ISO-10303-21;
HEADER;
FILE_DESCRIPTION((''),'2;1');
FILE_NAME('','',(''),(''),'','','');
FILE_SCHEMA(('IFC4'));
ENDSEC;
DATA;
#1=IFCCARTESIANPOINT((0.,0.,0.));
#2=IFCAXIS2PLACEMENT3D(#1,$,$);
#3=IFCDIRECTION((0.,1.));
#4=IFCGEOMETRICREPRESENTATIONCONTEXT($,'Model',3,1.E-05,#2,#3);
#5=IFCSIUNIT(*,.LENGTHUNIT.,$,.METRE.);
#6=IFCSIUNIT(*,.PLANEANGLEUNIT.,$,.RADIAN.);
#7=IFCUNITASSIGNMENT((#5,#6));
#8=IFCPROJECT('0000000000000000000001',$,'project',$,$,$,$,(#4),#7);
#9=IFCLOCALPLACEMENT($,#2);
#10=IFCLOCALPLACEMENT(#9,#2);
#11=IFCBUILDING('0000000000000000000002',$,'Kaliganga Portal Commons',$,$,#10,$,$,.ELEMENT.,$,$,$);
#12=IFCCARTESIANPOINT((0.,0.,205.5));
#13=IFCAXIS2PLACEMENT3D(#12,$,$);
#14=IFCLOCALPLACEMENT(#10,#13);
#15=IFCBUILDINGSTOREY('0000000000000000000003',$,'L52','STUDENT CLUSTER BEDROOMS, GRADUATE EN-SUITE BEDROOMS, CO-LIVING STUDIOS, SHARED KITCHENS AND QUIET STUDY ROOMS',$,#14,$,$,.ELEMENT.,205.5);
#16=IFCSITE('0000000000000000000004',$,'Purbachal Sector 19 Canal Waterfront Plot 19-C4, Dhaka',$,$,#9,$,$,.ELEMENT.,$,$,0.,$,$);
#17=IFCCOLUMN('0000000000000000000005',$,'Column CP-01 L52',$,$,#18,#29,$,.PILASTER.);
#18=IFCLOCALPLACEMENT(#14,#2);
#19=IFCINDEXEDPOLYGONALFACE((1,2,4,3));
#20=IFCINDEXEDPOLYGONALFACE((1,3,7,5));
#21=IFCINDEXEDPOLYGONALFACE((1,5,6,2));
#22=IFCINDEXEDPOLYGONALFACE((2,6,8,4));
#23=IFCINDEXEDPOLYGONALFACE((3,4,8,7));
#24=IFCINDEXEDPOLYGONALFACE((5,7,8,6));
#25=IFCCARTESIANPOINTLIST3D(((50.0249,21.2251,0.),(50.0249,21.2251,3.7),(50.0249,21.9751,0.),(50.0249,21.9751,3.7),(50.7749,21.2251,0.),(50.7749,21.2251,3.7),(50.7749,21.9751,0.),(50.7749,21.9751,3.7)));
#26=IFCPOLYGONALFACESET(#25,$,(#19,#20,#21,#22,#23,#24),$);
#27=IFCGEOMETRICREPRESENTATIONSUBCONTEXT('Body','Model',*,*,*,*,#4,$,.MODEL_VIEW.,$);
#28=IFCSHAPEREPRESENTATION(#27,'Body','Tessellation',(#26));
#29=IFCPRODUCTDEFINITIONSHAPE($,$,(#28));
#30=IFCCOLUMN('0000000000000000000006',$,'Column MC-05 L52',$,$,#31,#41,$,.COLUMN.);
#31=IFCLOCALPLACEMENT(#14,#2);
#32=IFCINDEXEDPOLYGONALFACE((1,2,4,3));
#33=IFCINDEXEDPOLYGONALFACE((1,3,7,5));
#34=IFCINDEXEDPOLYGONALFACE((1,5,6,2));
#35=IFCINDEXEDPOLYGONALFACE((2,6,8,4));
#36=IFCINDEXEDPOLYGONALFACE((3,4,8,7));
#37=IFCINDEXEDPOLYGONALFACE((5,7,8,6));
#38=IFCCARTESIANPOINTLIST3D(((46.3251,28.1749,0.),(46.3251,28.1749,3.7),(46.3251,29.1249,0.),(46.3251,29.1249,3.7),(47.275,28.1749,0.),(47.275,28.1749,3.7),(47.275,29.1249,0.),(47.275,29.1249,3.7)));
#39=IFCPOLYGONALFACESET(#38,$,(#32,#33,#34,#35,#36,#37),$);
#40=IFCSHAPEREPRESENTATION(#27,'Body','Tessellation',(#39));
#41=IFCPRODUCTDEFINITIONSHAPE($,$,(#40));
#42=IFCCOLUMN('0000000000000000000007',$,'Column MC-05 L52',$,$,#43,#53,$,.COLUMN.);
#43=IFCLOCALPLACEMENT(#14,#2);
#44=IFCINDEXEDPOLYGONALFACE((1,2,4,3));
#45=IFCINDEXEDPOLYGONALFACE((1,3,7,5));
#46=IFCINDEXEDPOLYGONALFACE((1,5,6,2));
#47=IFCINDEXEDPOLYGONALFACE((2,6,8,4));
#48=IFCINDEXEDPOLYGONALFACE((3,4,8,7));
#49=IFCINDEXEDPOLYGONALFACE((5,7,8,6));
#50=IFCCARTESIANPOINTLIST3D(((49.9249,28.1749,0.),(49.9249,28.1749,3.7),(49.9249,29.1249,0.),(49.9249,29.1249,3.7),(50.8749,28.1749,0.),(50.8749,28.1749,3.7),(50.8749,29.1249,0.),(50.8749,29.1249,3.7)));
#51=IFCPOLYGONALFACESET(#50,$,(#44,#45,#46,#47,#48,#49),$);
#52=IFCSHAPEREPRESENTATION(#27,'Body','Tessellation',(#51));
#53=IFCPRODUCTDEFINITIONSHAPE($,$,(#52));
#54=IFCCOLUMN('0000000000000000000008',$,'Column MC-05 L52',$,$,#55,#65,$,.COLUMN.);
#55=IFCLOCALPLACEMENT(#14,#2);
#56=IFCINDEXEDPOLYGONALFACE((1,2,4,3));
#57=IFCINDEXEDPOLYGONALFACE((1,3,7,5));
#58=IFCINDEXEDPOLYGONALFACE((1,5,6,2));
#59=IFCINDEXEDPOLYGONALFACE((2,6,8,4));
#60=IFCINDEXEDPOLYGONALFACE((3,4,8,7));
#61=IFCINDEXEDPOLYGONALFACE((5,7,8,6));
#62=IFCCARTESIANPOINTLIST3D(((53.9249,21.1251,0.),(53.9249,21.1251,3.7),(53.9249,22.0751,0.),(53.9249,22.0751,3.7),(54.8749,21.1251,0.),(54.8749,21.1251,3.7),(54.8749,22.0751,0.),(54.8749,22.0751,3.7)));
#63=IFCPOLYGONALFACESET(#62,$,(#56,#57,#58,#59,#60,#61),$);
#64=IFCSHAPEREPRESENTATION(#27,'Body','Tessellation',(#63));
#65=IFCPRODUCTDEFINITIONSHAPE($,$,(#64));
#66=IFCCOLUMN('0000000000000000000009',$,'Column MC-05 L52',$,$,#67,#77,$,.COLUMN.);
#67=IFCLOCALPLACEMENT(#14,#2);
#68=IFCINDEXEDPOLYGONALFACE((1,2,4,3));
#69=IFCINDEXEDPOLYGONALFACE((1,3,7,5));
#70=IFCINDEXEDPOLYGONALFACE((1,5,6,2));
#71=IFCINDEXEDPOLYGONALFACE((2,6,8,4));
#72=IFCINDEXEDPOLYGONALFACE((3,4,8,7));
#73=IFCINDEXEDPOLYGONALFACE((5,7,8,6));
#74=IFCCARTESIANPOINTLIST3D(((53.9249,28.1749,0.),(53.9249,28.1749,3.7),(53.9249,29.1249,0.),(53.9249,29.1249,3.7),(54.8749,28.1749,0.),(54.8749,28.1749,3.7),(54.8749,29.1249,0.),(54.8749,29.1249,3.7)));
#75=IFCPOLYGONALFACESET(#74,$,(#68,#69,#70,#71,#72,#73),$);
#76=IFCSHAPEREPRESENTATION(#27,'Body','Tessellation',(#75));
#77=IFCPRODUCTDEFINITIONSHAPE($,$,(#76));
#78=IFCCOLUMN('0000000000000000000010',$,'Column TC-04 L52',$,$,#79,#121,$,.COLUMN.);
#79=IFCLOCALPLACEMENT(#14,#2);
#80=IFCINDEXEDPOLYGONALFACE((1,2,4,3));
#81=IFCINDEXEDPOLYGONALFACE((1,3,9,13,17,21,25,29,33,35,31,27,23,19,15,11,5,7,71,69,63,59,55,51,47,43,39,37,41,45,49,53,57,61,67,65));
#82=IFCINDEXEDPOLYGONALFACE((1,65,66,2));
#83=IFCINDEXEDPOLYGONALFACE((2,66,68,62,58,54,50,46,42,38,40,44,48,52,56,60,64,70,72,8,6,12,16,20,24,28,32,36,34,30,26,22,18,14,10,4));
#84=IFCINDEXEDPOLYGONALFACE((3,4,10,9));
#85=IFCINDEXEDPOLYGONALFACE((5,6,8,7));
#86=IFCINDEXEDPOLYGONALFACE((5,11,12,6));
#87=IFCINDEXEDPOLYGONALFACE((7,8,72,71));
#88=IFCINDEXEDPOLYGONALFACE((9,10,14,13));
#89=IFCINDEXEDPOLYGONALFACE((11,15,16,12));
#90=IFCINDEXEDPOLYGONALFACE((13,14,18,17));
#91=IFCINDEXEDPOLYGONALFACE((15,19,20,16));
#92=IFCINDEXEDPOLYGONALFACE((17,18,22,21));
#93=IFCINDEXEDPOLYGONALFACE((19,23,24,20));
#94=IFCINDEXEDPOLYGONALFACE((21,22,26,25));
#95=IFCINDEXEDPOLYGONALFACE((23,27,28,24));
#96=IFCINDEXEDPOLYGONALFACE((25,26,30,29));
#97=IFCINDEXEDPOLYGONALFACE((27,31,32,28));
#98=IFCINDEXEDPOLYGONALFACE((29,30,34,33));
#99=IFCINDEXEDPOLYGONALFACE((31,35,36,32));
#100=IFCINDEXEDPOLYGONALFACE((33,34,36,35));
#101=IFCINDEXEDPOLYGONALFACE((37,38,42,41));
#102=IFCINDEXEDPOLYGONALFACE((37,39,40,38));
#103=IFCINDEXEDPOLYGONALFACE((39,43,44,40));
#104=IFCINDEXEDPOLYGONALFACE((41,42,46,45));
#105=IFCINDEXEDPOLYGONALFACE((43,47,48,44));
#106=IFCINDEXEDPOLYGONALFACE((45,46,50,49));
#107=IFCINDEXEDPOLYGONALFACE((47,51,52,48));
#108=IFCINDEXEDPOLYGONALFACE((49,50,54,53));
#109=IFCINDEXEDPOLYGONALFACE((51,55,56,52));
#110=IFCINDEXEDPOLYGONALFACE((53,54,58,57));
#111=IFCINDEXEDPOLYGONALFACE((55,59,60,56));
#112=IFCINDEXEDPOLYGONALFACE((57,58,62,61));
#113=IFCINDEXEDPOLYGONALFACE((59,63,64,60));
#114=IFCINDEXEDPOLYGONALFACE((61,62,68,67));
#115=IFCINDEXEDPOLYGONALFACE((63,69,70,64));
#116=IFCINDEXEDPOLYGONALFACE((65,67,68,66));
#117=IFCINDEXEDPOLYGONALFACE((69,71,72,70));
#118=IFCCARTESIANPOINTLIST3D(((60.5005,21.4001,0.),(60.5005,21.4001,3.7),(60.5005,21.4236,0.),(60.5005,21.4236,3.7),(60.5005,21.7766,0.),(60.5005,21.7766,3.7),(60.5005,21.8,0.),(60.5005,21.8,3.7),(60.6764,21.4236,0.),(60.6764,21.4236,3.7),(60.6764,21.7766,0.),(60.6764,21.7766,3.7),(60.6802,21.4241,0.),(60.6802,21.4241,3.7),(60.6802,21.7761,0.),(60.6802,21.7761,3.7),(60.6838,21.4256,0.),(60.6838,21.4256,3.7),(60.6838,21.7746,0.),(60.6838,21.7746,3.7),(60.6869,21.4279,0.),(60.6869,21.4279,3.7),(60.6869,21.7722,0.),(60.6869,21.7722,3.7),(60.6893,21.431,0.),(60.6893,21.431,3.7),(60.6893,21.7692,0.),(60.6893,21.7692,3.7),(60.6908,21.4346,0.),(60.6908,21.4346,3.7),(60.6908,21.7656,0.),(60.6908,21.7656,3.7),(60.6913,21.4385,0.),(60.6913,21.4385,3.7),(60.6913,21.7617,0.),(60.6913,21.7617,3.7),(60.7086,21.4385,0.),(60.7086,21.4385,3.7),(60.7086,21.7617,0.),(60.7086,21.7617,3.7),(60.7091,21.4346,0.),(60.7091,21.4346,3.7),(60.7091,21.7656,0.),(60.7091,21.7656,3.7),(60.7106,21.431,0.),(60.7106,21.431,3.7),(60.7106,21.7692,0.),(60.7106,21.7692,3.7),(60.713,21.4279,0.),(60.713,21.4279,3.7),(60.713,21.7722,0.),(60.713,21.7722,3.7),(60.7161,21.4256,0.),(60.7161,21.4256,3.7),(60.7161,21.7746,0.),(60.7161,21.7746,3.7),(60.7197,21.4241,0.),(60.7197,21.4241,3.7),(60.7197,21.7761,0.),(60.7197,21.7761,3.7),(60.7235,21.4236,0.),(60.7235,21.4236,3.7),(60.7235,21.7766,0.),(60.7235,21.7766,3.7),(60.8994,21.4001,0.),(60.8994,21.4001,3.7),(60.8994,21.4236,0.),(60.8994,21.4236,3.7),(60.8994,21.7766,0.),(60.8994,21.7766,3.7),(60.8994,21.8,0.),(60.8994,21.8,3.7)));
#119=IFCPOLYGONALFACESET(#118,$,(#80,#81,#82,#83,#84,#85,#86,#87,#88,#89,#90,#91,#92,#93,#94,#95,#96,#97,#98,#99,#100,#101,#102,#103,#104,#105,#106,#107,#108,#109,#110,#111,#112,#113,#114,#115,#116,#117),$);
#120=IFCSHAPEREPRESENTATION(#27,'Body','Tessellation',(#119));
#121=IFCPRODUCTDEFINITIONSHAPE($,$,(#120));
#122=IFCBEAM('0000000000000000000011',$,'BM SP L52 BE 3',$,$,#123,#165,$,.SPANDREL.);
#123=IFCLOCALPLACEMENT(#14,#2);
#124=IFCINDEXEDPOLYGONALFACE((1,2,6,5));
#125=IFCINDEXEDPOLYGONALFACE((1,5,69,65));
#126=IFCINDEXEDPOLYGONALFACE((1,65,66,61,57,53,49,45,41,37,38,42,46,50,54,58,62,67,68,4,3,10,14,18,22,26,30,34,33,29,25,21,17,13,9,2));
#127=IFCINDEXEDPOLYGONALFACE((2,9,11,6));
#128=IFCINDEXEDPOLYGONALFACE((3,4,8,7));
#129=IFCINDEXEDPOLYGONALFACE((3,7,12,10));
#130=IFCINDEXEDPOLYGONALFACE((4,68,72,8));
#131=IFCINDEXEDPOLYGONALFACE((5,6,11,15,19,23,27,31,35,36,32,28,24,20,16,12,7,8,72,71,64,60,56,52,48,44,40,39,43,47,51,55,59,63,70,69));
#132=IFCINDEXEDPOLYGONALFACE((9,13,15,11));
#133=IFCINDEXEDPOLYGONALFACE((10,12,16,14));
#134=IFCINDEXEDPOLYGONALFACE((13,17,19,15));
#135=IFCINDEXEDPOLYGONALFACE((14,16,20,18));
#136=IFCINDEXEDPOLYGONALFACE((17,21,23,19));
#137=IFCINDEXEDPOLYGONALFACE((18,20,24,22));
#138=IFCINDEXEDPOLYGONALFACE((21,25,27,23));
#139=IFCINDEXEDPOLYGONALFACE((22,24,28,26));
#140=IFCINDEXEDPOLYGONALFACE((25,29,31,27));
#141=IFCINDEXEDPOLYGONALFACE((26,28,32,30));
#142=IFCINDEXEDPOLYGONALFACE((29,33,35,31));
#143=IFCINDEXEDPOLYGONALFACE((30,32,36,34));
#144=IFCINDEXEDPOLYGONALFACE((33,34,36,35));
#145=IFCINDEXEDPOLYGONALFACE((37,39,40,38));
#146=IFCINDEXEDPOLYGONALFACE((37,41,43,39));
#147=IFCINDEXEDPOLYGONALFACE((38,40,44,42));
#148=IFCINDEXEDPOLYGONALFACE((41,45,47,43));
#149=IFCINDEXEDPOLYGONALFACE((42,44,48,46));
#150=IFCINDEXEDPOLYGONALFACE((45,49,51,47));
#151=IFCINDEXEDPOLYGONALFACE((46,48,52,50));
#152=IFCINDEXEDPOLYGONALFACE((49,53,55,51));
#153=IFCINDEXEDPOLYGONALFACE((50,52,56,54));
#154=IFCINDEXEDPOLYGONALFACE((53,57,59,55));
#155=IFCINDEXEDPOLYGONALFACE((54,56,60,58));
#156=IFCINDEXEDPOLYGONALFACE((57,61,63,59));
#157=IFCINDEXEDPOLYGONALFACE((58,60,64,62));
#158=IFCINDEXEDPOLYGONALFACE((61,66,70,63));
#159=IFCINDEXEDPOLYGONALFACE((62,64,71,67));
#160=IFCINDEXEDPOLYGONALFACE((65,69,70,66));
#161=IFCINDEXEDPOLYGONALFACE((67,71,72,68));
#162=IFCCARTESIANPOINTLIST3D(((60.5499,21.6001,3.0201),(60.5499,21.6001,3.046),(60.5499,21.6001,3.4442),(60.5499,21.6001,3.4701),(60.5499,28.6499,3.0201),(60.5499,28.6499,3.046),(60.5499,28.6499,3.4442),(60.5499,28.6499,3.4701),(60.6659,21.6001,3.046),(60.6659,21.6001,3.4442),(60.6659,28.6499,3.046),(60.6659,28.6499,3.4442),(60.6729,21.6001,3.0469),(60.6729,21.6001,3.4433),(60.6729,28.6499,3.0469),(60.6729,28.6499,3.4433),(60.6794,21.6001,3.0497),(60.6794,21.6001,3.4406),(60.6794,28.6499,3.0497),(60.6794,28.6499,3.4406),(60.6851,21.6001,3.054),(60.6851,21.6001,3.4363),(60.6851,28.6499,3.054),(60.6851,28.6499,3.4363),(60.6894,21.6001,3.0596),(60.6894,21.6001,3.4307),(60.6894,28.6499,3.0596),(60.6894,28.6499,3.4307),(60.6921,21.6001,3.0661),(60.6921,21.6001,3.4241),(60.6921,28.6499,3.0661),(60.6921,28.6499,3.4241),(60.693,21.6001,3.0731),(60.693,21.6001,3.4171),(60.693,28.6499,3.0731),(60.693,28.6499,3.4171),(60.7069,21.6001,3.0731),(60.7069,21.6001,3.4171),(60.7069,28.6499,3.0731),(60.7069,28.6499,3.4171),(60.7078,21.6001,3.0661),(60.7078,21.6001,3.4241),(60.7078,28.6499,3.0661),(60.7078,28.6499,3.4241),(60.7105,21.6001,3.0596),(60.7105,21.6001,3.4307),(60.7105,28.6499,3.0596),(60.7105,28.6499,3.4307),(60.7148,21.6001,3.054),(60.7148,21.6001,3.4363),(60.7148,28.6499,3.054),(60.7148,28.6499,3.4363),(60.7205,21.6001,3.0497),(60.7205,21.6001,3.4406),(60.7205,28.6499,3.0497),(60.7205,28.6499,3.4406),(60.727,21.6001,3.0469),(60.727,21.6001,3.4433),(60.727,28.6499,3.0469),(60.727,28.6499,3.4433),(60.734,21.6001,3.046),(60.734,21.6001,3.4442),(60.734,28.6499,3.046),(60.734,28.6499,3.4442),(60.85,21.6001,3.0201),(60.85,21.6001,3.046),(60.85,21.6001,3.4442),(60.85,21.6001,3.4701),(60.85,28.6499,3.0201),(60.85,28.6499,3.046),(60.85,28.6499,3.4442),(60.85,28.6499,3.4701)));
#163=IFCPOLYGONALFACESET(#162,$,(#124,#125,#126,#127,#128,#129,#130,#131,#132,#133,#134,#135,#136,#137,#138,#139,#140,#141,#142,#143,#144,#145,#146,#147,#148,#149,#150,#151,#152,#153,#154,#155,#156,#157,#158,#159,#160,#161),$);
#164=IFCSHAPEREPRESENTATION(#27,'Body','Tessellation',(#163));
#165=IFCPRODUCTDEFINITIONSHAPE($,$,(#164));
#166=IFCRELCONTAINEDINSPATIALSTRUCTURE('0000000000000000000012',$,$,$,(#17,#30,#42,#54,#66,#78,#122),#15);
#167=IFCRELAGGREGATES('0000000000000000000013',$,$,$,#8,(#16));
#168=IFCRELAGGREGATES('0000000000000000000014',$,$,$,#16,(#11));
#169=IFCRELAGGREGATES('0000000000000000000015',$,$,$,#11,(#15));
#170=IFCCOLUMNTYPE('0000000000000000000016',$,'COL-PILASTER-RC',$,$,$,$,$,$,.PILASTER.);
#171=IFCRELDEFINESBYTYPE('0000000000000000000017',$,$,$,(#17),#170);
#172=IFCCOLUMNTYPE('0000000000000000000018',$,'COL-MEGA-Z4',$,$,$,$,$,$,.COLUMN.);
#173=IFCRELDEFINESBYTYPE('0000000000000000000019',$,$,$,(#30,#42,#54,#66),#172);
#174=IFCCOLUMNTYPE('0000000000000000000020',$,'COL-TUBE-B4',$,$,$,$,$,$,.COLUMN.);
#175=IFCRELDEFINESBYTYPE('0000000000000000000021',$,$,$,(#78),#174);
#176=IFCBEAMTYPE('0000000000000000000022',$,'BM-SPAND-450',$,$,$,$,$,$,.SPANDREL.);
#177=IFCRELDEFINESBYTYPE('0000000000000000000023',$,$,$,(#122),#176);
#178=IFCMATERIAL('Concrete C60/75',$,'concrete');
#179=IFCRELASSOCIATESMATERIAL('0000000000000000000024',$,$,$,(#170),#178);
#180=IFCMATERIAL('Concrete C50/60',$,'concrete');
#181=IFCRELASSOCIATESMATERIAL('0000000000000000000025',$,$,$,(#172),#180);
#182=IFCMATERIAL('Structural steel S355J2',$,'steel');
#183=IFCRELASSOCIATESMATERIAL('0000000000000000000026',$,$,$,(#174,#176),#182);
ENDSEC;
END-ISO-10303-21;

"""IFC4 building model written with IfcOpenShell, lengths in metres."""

from ifc_helpers import new_model, si_unit, direction, frame, origin, origin_2d, place, context, subcontext, project, spatial, rectangle, i_section, extrude, source, transform, mapped, material, material_profile, profile_set, type_object, element, save


model = new_model("IFC4")

# Units and contexts
model_context = context("Model", 3, precision=1e-05, world=origin(), true_north=direction((0.0, 1.0)))
body_context = subcontext(model_context, "Body", "Model", "MODEL_VIEW")
ifc_project = project(units=[si_unit("LENGTHUNIT", "METRE"), si_unit("PLANEANGLEUNIT", "RADIAN")], contexts=[model_context])

# Site, building, storey
site_placement = place(None, origin())
site = spatial("IfcSite", under=ifc_project, at=site_placement, Name="Purbachal Sector 19 Canal Waterfront Plot 19-C4, Dhaka", CompositionType="ELEMENT", RefElevation=0.0)
building_placement = place(site_placement, origin())
building = spatial("IfcBuilding", under=site, at=building_placement, Name="Kaliganga Portal Commons", CompositionType="ELEMENT")
storey_placement = place(building_placement, frame((0.0, 0.0, 205.5)))
storey = spatial("IfcBuildingStorey", under=building, at=storey_placement, Name="L52", Description="STUDENT CLUSTER BEDROOMS, GRADUATE EN-SUITE BEDROOMS, CO-LIVING STUDIOS, SHARED KITCHENS AND QUIET STUDY ROOMS", CompositionType="ELEMENT", Elevation=205.5)

# Columns
ifc_material_1 = material(Name="Concrete C60/75", Category="concrete")
ifc_material_profile_1 = material_profile(ifc_material_1, rectangle(XDim=0.75, YDim=0.75, at=origin_2d()), Name="RC 750x750")
ifc_profile_set_1 = profile_set([ifc_material_profile_1], Name="Concrete C60/75")
column_type_1 = type_object("IfcColumnType", Name="COL-PILASTER-RC", PredefinedType="PILASTER", material=ifc_profile_set_1)
shared_shape_1 = source(origin(), body_context, "Body", "SweptSolid", [
    extrude(rectangle(XDim=0.75, YDim=0.75, at=origin_2d()), origin(), (0.0, 0.0, 1.0), 3.7),
])
column_1_placement = place(storey_placement, frame((50.3999, 21.6001, 0.0), z_axis=(0.0, 0.0, 1.0), x_axis=(1.0, 0.0, 0.0)))
element("IfcColumn", 1, at=column_1_placement, inside=storey, type_object=column_type_1, Name="Column CP-01 L52", PredefinedType="PILASTER", context=body_context, shape_type="MappedRepresentation", body=[
    mapped(shared_shape_1, transform((0.0, 0.0, 0.0), x_axis=(1.0, 0.0, 0.0), y_axis=(0.0, 1.0, 0.0), z_axis=(0.0, 0.0, 1.0), scale=1.0)),
])
ifc_material_2 = material(Name="Concrete C50/60", Category="concrete")
ifc_material_profile_2 = material_profile(ifc_material_2, rectangle(XDim=0.95, YDim=0.95, at=origin_2d()), Name="RC 950x950")
ifc_profile_set_2 = profile_set([ifc_material_profile_2], Name="Concrete C50/60")
column_type_2 = type_object("IfcColumnType", Name="COL-MEGA-Z4", PredefinedType="COLUMN", material=ifc_profile_set_2)
shared_shape_2 = source(origin(), body_context, "Body", "SweptSolid", [
    extrude(rectangle(XDim=0.95, YDim=0.95, at=origin_2d()), origin(), (0.0, 0.0, 1.0), 3.7),
])
for number, where, z_axis, x_axis, name in (
    (2, (46.8, 28.6499, 0.0), (0.0, 0.0, 1.0), (1.0, 0.0, 0.0), "Column MC-05 L52"),
    (3, (50.3999, 28.6499, 0.0), (0.0, 0.0, 1.0), (1.0, 0.0, 0.0), "Column MC-05 L52"),
    (4, (54.3999, 21.6001, 0.0), (0.0, 0.0, 1.0), (1.0, 0.0, 0.0), "Column MC-05 L52"),
    (5, (54.3999, 28.6499, 0.0), (0.0, 0.0, 1.0), (1.0, 0.0, 0.0), "Column MC-05 L52"),
):
    element("IfcColumn", number, at=place(storey_placement, frame(where, z_axis=z_axis, x_axis=x_axis)), inside=storey, type_object=column_type_2, Name=name, PredefinedType="COLUMN", context=body_context, shape_type="MappedRepresentation", body=[
        mapped(shared_shape_2, transform((0.0, 0.0, 0.0), x_axis=(1.0, 0.0, 0.0), y_axis=(0.0, 1.0, 0.0), z_axis=(0.0, 0.0, 1.0), scale=1.0)),
    ])
ifc_material_3 = material(Name="Structural steel S355J2", Category="steel")
ifc_material_profile_3 = material_profile(ifc_material_3, i_section(OverallWidth=0.3989, OverallDepth=0.3999, WebThickness=0.0173, FlangeThickness=0.0234, FilletRadius=0.0149, at=origin_2d()), Name="HD 400x287")
ifc_profile_set_3 = profile_set([ifc_material_profile_3], Name="Structural steel S355J2 wide-flange")
column_type_3 = type_object("IfcColumnType", Name="COL-TUBE-B4", PredefinedType="COLUMN", material=ifc_profile_set_3)
shared_shape_3 = source(origin(), body_context, "Body", "SweptSolid", [
    extrude(i_section(OverallWidth=0.3989, OverallDepth=0.3999, WebThickness=0.0173, FlangeThickness=0.0234, FilletRadius=0.0149, at=origin_2d()), origin(), (0.0, 0.0, 1.0), 3.7),
])
column_2_placement = place(storey_placement, frame((60.7, 21.6001, 0.0), z_axis=(0.0, 0.0, 1.0), x_axis=(1.0, 0.0, 0.0)))
element("IfcColumn", 6, at=column_2_placement, inside=storey, type_object=column_type_3, Name="Column TC-04 L52", PredefinedType="COLUMN", context=body_context, shape_type="MappedRepresentation", body=[
    mapped(shared_shape_3, transform((0.0, 0.0, 0.0), x_axis=(1.0, 0.0, 0.0), y_axis=(0.0, 1.0, 0.0), z_axis=(0.0, 0.0, 1.0), scale=1.0)),
])

# Beam
ifc_material_profile_4 = material_profile(ifc_material_3, i_section(OverallWidth=0.3, OverallDepth=0.45, WebThickness=0.0139, FlangeThickness=0.0259, FilletRadius=0.0271, at=origin_2d()), Name="HE 450 B")
ifc_profile_set_4 = profile_set([ifc_material_profile_4], Name="Structural steel S355J2 wide-flange")
beam_type_1 = type_object("IfcBeamType", Name="BM-SPAND-450", PredefinedType="SPANDREL", material=ifc_profile_set_4)
shared_shape_4 = source(origin(), body_context, "Body", "SweptSolid", [
    extrude(i_section(OverallWidth=0.3, OverallDepth=0.45, WebThickness=0.0139, FlangeThickness=0.0259, FilletRadius=0.0271, at=origin_2d()), origin(), (0.0, 0.0, 1.0), 7.0498),
])
beam_1_placement = place(storey_placement, frame((60.7, 21.6001, 3.2451), z_axis=(0.0, 1.0, 0.0), x_axis=(-1.0, 0.0, 0.0)))
element("IfcBeam", 7, at=beam_1_placement, inside=storey, type_object=beam_type_1, Name="BM SP L52 BE 3", PredefinedType="SPANDREL", context=body_context, shape_type="MappedRepresentation", body=[
    mapped(shared_shape_4, transform((0.0, 0.0, 0.0), x_axis=(1.0, 0.0, 0.0), y_axis=(0.0, 1.0, 0.0), z_axis=(0.0, 0.0, 1.0), scale=1.0)),
])

save(model, "model.ifc")
